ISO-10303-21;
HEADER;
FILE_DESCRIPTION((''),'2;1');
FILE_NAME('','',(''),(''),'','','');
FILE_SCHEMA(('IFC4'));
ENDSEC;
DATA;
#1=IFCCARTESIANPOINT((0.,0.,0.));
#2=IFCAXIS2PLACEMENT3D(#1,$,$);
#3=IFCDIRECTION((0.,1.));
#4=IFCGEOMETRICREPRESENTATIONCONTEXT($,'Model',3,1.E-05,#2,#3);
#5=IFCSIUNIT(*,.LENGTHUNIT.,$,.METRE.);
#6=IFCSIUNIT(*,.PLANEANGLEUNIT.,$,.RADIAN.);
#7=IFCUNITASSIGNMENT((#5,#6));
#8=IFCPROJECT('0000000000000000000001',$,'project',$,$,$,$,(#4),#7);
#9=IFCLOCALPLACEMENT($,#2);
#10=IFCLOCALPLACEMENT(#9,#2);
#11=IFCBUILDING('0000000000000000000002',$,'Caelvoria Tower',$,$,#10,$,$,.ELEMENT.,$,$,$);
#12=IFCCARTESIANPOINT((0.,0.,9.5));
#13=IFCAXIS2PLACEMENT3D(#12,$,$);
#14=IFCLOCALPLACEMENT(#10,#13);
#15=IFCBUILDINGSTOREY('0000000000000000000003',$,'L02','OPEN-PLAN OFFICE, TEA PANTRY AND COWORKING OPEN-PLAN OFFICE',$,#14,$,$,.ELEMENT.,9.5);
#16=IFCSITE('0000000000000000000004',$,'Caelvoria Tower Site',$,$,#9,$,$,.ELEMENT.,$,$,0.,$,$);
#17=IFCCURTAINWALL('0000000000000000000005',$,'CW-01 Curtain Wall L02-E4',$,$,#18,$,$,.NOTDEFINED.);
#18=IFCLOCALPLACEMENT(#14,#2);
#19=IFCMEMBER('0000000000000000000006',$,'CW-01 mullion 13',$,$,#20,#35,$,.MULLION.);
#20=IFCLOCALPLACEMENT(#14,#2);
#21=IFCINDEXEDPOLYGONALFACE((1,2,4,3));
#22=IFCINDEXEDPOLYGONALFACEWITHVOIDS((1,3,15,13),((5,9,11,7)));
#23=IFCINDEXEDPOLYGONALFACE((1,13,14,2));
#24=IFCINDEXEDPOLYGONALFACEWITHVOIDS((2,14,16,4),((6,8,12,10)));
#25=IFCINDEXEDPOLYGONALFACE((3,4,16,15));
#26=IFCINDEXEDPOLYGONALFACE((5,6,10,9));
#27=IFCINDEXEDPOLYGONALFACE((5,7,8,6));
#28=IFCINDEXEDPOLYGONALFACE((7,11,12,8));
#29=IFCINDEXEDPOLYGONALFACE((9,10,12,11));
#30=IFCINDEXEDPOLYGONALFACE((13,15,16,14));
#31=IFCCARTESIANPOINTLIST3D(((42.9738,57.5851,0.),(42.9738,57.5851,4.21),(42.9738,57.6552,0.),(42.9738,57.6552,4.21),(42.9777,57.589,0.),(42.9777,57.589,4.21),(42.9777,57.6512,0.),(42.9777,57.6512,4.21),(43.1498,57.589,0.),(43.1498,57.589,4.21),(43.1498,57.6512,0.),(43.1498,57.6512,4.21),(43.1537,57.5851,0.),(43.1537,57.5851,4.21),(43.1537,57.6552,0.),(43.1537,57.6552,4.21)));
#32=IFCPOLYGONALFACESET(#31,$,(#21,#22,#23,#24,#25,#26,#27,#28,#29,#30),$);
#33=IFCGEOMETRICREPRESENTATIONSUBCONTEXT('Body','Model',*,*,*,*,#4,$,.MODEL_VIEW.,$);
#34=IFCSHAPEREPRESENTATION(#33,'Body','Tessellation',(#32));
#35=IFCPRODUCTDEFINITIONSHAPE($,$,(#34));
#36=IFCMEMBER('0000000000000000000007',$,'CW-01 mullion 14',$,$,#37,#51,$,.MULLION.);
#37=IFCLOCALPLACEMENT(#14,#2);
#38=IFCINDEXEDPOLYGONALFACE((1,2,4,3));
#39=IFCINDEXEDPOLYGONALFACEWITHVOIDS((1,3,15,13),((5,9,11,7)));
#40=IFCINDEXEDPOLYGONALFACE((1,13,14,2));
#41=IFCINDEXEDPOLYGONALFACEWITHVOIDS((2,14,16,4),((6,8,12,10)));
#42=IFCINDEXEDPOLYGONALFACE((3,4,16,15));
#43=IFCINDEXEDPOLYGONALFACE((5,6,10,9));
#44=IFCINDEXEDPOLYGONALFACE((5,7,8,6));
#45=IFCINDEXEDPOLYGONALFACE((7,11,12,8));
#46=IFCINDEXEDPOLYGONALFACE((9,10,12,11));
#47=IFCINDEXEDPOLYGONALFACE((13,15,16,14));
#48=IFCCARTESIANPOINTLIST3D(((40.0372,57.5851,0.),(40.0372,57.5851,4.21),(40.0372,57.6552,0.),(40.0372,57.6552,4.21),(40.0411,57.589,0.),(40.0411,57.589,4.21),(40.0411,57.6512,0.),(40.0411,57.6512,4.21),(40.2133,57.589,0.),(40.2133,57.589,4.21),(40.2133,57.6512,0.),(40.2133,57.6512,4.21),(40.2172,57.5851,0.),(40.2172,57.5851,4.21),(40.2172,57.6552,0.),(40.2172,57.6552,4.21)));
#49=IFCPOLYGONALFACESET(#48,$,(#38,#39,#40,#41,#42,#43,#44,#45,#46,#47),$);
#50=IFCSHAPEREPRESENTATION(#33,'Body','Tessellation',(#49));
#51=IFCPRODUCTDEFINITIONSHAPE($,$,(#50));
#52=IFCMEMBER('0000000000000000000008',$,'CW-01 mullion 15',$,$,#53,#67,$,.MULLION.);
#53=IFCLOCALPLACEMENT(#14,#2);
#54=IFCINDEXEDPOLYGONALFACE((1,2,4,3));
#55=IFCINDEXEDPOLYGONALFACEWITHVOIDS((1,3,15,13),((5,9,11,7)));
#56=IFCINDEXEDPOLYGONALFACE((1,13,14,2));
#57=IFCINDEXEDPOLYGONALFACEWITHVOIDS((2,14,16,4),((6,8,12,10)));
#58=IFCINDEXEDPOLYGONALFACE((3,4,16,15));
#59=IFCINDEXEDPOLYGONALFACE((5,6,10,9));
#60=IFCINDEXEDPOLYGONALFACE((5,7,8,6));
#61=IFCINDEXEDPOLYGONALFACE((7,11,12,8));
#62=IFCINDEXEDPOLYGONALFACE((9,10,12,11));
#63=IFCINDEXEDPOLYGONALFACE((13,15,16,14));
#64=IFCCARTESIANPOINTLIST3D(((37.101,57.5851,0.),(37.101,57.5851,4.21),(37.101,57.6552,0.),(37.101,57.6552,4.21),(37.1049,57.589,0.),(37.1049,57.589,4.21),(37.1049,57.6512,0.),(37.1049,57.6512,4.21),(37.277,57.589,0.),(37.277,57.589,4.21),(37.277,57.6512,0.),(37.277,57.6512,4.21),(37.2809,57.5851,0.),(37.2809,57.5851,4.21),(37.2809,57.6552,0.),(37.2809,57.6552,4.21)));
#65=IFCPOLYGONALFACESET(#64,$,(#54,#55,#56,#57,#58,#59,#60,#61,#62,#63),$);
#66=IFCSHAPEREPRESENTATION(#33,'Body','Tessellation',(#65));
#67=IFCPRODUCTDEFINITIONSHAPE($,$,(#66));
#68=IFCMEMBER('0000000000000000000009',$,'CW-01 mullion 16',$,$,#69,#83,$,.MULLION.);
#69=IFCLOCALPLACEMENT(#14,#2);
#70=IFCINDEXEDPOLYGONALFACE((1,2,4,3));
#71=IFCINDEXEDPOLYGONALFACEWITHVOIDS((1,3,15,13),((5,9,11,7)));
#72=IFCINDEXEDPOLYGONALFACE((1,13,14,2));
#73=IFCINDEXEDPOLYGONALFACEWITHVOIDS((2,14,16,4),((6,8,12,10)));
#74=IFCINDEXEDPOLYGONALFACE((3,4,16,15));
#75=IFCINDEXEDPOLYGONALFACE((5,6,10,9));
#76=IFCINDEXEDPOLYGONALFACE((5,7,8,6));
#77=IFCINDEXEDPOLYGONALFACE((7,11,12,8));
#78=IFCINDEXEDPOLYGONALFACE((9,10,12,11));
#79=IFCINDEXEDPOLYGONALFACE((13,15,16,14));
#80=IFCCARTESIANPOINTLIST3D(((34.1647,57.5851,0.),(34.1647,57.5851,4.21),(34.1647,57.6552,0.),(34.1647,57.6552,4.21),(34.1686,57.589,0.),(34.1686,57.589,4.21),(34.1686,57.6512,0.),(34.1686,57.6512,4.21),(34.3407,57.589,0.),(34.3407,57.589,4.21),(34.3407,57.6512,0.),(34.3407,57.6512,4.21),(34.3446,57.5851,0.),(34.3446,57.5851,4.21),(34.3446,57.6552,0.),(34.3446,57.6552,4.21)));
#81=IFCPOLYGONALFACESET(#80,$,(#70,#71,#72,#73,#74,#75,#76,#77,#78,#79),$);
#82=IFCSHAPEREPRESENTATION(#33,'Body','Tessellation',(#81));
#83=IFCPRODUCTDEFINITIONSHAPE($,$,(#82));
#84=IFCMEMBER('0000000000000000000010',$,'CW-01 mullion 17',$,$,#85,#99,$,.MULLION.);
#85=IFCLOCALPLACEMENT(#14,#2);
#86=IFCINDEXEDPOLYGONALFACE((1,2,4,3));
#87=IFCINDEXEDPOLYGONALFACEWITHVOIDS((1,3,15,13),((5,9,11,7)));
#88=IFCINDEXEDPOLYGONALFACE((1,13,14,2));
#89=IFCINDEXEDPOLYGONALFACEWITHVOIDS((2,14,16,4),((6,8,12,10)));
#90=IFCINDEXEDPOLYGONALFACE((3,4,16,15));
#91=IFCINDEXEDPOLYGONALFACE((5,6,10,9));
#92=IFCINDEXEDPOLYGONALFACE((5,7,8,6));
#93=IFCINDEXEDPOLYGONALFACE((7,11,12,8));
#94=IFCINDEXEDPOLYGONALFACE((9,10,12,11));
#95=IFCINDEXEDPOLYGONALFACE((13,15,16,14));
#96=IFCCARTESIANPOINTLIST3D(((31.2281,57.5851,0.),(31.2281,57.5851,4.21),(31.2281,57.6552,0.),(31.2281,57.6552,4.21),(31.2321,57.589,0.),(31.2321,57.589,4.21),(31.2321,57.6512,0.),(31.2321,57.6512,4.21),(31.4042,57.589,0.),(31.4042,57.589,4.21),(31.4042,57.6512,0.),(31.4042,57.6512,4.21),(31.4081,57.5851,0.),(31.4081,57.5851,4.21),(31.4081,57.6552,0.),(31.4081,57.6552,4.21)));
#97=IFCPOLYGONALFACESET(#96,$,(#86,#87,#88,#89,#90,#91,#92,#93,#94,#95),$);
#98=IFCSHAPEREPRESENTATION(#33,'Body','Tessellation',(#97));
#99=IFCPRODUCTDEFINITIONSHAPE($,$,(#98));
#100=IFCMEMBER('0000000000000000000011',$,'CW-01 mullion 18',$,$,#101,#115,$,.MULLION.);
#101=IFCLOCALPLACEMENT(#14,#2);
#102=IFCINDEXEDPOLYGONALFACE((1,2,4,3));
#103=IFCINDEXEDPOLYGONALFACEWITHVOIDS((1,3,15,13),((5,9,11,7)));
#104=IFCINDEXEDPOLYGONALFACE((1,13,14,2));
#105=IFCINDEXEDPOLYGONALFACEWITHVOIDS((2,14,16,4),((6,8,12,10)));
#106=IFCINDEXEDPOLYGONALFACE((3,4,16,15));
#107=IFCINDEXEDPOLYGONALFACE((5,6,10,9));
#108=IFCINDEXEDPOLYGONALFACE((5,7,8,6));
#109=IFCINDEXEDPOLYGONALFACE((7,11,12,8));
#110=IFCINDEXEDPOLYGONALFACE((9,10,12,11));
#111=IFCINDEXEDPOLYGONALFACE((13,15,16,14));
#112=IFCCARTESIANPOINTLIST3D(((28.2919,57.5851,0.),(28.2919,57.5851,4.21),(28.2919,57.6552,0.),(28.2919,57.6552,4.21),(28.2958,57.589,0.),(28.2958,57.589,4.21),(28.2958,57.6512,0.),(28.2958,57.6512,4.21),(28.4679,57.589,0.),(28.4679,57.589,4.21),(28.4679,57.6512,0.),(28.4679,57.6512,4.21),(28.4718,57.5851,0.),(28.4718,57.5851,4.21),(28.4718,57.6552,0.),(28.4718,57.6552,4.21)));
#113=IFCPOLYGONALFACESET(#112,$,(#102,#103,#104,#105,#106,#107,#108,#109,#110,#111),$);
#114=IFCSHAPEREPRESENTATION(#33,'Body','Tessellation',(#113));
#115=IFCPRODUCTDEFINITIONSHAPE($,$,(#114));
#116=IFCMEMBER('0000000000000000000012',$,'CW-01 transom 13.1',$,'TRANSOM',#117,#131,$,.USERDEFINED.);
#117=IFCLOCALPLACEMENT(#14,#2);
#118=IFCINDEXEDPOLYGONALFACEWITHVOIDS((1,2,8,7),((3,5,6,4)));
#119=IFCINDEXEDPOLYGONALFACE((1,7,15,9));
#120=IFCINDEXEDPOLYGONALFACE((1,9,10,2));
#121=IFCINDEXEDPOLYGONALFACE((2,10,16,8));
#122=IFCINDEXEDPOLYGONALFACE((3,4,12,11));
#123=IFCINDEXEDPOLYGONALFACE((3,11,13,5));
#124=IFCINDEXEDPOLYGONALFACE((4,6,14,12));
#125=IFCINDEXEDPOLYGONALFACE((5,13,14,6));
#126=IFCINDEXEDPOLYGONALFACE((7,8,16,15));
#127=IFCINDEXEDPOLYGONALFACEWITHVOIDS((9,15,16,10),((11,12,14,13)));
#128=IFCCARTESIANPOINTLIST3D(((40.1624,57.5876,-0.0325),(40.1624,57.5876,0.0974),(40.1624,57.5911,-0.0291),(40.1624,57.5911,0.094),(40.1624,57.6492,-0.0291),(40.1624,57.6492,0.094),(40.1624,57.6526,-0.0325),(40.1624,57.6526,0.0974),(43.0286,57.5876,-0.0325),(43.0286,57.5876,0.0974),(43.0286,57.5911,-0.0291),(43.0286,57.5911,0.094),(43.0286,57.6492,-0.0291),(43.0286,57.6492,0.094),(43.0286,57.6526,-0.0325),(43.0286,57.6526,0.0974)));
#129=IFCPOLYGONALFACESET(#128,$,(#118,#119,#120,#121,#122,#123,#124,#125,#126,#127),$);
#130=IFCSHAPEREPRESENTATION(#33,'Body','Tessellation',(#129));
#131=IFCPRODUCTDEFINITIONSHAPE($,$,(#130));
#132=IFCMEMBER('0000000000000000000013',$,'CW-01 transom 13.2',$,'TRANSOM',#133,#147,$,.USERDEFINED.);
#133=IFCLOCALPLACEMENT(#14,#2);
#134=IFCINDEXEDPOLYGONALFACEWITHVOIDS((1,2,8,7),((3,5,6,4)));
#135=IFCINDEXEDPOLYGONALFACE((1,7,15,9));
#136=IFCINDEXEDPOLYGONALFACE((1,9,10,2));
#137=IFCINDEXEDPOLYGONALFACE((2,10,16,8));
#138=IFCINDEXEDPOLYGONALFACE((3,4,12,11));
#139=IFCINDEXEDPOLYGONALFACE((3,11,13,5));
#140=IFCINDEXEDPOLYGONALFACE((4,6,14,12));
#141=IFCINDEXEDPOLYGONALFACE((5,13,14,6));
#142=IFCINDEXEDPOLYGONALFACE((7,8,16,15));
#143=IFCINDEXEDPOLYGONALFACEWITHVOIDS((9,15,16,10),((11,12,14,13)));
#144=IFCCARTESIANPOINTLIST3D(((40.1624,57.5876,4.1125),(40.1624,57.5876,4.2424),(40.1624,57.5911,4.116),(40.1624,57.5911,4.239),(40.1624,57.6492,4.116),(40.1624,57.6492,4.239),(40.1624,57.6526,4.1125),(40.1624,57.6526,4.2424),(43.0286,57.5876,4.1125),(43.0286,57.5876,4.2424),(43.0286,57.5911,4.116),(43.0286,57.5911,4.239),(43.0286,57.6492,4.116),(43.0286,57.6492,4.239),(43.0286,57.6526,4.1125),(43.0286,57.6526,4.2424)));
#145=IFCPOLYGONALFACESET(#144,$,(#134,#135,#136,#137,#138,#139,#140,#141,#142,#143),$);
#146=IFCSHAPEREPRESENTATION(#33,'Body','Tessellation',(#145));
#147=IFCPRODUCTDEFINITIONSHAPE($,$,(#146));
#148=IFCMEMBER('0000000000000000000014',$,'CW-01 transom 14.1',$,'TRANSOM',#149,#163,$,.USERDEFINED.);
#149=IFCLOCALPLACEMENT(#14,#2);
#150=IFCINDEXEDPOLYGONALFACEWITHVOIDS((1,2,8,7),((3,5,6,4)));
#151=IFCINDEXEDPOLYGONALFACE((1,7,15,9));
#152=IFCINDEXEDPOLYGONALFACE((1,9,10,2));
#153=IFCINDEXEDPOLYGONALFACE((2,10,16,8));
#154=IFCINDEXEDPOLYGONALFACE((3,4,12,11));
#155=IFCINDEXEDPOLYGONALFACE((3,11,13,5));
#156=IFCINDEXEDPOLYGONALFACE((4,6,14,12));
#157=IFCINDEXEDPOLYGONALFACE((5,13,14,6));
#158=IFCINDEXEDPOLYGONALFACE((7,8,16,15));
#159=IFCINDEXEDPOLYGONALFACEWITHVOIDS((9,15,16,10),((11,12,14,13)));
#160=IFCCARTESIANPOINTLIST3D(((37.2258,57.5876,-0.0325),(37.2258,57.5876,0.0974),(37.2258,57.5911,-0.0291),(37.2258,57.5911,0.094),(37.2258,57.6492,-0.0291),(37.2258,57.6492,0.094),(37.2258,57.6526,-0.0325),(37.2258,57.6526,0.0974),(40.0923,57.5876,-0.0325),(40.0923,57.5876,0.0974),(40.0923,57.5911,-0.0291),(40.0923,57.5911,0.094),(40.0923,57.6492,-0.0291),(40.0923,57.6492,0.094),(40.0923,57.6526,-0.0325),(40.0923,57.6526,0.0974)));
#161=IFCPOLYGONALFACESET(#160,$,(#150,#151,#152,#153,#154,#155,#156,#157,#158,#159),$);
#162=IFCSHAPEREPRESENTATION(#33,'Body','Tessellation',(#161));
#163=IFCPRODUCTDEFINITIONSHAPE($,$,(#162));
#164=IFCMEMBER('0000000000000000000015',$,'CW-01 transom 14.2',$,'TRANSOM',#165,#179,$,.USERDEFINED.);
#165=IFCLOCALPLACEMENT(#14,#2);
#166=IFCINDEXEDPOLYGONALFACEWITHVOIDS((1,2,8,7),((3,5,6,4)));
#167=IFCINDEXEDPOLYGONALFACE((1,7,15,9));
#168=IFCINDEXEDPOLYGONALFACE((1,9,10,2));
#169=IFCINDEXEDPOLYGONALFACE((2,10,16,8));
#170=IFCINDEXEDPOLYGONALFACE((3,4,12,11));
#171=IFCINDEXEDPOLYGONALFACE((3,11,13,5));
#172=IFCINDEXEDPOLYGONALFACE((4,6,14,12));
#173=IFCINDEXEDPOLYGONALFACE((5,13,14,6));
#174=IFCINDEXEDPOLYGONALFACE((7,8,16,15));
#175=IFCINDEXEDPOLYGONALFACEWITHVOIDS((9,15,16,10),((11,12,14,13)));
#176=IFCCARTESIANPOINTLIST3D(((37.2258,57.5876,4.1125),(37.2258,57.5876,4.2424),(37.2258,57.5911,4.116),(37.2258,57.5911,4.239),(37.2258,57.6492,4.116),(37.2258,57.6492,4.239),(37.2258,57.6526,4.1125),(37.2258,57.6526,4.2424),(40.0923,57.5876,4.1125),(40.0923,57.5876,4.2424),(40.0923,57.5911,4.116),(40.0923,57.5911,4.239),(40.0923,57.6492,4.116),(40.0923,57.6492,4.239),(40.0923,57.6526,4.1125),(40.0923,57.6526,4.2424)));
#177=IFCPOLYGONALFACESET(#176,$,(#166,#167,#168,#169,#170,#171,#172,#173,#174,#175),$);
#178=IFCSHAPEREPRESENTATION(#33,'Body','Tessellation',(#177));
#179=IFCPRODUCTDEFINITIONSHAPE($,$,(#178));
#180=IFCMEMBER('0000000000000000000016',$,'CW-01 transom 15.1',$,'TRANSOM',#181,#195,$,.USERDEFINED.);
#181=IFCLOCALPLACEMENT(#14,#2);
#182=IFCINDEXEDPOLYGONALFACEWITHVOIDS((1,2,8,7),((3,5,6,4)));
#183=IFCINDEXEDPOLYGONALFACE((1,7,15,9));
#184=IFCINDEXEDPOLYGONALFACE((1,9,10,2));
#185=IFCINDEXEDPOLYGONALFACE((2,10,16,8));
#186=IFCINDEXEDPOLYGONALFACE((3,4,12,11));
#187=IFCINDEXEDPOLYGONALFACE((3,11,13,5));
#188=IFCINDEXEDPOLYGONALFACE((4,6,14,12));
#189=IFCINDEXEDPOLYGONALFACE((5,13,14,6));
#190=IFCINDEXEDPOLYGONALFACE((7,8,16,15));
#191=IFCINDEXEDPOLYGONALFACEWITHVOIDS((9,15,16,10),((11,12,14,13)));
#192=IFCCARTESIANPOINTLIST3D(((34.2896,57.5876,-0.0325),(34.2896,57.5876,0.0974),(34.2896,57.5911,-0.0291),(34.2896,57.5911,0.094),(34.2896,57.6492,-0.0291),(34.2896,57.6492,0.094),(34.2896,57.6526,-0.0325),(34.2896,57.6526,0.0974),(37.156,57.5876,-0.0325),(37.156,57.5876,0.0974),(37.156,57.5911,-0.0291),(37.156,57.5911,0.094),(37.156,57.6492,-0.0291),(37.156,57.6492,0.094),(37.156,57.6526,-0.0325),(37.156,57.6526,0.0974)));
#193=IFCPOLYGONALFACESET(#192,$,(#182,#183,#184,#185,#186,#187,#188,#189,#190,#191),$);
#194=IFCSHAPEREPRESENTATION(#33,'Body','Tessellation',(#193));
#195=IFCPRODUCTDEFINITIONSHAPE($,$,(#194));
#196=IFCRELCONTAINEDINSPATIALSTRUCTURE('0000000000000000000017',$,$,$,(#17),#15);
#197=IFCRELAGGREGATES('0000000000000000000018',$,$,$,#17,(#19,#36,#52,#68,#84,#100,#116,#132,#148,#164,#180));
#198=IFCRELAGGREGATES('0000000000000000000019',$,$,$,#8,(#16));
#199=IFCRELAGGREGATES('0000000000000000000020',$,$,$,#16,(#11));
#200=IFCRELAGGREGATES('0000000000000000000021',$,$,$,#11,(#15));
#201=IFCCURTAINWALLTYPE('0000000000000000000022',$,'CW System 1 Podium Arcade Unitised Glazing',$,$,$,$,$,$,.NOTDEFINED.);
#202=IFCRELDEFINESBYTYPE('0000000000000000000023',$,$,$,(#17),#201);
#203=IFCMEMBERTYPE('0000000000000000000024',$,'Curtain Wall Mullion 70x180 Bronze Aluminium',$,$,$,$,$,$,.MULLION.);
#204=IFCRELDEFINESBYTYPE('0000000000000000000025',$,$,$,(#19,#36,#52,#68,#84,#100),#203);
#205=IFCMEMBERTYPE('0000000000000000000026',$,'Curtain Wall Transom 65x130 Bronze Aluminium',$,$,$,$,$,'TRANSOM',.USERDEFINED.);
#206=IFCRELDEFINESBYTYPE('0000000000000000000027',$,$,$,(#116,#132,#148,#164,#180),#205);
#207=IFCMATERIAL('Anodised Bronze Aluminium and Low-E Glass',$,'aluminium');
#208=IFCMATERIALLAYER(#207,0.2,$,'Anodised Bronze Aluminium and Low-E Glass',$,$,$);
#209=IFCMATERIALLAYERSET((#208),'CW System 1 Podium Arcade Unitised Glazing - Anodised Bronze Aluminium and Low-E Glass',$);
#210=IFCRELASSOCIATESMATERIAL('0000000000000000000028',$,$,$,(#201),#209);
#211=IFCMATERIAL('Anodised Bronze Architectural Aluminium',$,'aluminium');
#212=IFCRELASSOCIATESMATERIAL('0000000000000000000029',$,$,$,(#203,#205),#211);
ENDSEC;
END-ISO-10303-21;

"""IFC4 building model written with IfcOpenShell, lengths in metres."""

from ifc_helpers import new_model, si_unit, direction, frame, origin, origin_2d, place, context, subcontext, project, spatial, hollow_rectangle, extrude, material, layer, layer_set, material_profile, profile_set, type_object, element, aggregate, save


model = new_model("IFC4")

# Units and contexts
model_context = context("Model", 3, precision=1e-05, world=origin(), true_north=direction((0.0, 1.0)))
body_context = subcontext(model_context, "Body", "Model", "MODEL_VIEW")
ifc_project = project(units=[si_unit("LENGTHUNIT", "METRE"), si_unit("PLANEANGLEUNIT", "RADIAN")], contexts=[model_context])

# Site, building, storey
site_placement = place(None, origin())
site = spatial("IfcSite", under=ifc_project, at=site_placement, Name="Caelvoria Tower Site", CompositionType="ELEMENT", RefElevation=0.0)
building_placement = place(site_placement, origin())
building = spatial("IfcBuilding", under=site, at=building_placement, Name="Caelvoria Tower", CompositionType="ELEMENT")
storey_placement = place(building_placement, frame((0.0, 0.0, 9.5)))
storey = spatial("IfcBuildingStorey", under=building, at=storey_placement, Name="L02", Description="OPEN-PLAN OFFICE, TEA PANTRY AND COWORKING OPEN-PLAN OFFICE", CompositionType="ELEMENT", Elevation=9.5)

# Curtain wall, members
ifc_material_1 = material(Name="Anodised Bronze Aluminium and Low-E Glass", Category="aluminium")
ifc_layer_1 = layer(ifc_material_1, 0.2, Name="Anodised Bronze Aluminium and Low-E Glass")
ifc_layer_set_1 = layer_set([ifc_layer_1], Name="CW System 1 Podium Arcade Unitised Glazing - Anodised Bronze Aluminium and Low-E Glass")
curtain_wall_type = type_object("IfcCurtainWallType", Name="CW System 1 Podium Arcade Unitised Glazing", PredefinedType="NOTDEFINED", material=ifc_layer_set_1)
curtain_wall_placement = place(storey_placement, origin())
curtain_wall = element("IfcCurtainWall", 1, at=curtain_wall_placement, inside=storey, type_object=curtain_wall_type, Name="CW-01 Curtain Wall L02-E4", PredefinedType="NOTDEFINED")
ifc_material_2 = material(Name="Anodised Bronze Architectural Aluminium", Category="aluminium")
ifc_material_profile_1 = material_profile(ifc_material_2, hollow_rectangle(XDim=0.0701, YDim=0.1799, WallThickness=0.0039, at=origin_2d()), Name="Anodised Bronze Architectural Aluminium")
ifc_profile_set_1 = profile_set([ifc_material_profile_1], Name="CW_MULL_70X180 - Anodised Bronze Architectural Aluminium")
member_type_1 = type_object("IfcMemberType", Name="Curtain Wall Mullion 70x180 Bronze Aluminium", PredefinedType="MULLION", material=ifc_profile_set_1)
member_1_placement = place(storey_placement, frame((43.0637, 57.6201, 0.0), z_axis=(0.0, 0.0, 1.0), x_axis=(0.0, -1.0, 0.0)))
member_1 = element("IfcMember", 2, at=member_1_placement, type_object=member_type_1, Name="CW-01 mullion 13", PredefinedType="MULLION", context=body_context, shape_type="SweptSolid", body=[
    extrude(hollow_rectangle(XDim=0.0701, YDim=0.1799, WallThickness=0.0039, at=origin_2d()), origin(), (0.0, 0.0, 1.0), 4.21),
])
member_2_placement = place(storey_placement, frame((40.1272, 57.6201, 0.0), z_axis=(0.0, 0.0, 1.0), x_axis=(0.0, -1.0, 0.0)))
member_2 = element("IfcMember", 3, at=member_2_placement, type_object=member_type_1, Name="CW-01 mullion 14", PredefinedType="MULLION", context=body_context, shape_type="SweptSolid", body=[
    extrude(hollow_rectangle(XDim=0.0701, YDim=0.1799, WallThickness=0.0039, at=origin_2d()), origin(), (0.0, 0.0, 1.0), 4.21),
])
member_3_placement = place(storey_placement, frame((37.1909, 57.6201, 0.0), z_axis=(0.0, 0.0, 1.0), x_axis=(0.0, -1.0, 0.0)))
member_3 = element("IfcMember", 4, at=member_3_placement, type_object=member_type_1, Name="CW-01 mullion 15", PredefinedType="MULLION", context=body_context, shape_type="SweptSolid", body=[
    extrude(hollow_rectangle(XDim=0.0701, YDim=0.1799, WallThickness=0.0039, at=origin_2d()), origin(), (0.0, 0.0, 1.0), 4.21),
])
member_4_placement = place(storey_placement, frame((34.2546, 57.6201, 0.0), z_axis=(0.0, 0.0, 1.0), x_axis=(0.0, -1.0, 0.0)))
member_4 = element("IfcMember", 5, at=member_4_placement, type_object=member_type_1, Name="CW-01 mullion 16", PredefinedType="MULLION", context=body_context, shape_type="SweptSolid", body=[
    extrude(hollow_rectangle(XDim=0.0701, YDim=0.1799, WallThickness=0.0039, at=origin_2d()), origin(), (0.0, 0.0, 1.0), 4.21),
])
member_5_placement = place(storey_placement, frame((31.3181, 57.6201, 0.0), z_axis=(0.0, 0.0, 1.0), x_axis=(0.0, -1.0, 0.0)))
member_5 = element("IfcMember", 6, at=member_5_placement, type_object=member_type_1, Name="CW-01 mullion 17", PredefinedType="MULLION", context=body_context, shape_type="SweptSolid", body=[
    extrude(hollow_rectangle(XDim=0.0701, YDim=0.1799, WallThickness=0.0039, at=origin_2d()), origin(), (0.0, 0.0, 1.0), 4.21),
])
member_6_placement = place(storey_placement, frame((28.3818, 57.6201, 0.0), z_axis=(0.0, 0.0, 1.0), x_axis=(0.0, -1.0, 0.0)))
member_6 = element("IfcMember", 7, at=member_6_placement, type_object=member_type_1, Name="CW-01 mullion 18", PredefinedType="MULLION", context=body_context, shape_type="SweptSolid", body=[
    extrude(hollow_rectangle(XDim=0.0701, YDim=0.1799, WallThickness=0.0039, at=origin_2d()), origin(), (0.0, 0.0, 1.0), 4.21),
])
ifc_material_profile_2 = material_profile(ifc_material_2, hollow_rectangle(XDim=0.0649, YDim=0.1299, WallThickness=0.0034, at=origin_2d()), Name="Anodised Bronze Architectural Aluminium")
ifc_profile_set_2 = profile_set([ifc_material_profile_2], Name="CW_TRAN_65X130 - Anodised Bronze Architectural Aluminium")
member_type_2 = type_object("IfcMemberType", Name="Curtain Wall Transom 65x130 Bronze Aluminium", ElementType="TRANSOM", PredefinedType="USERDEFINED", material=ifc_profile_set_2)
member_7_placement = place(storey_placement, frame((43.0286, 57.6201, 0.0325), z_axis=(-1.0, 0.0, 0.0), x_axis=(0.0, -1.0, 0.0)))
member_7 = element("IfcMember", 8, at=member_7_placement, type_object=member_type_2, Name="CW-01 transom 13.1", ObjectType="TRANSOM", PredefinedType="USERDEFINED", context=body_context, shape_type="SweptSolid", body=[
    extrude(hollow_rectangle(XDim=0.0649, YDim=0.1299, WallThickness=0.0034, at=origin_2d()), origin(), (0.0, 0.0, 1.0), 2.8662),
])
member_8_placement = place(storey_placement, frame((43.0286, 57.6201, 4.1775), z_axis=(-1.0, 0.0, 0.0), x_axis=(0.0, -1.0, 0.0)))
member_8 = element("IfcMember", 9, at=member_8_placement, type_object=member_type_2, Name="CW-01 transom 13.2", ObjectType="TRANSOM", PredefinedType="USERDEFINED", context=body_context, shape_type="SweptSolid", body=[
    extrude(hollow_rectangle(XDim=0.0649, YDim=0.1299, WallThickness=0.0034, at=origin_2d()), origin(), (0.0, 0.0, 1.0), 2.8662),
])
member_9_placement = place(storey_placement, frame((40.0923, 57.6201, 0.0325), z_axis=(-1.0, 0.0, 0.0), x_axis=(0.0, -1.0, 0.0)))
member_9 = element("IfcMember", 10, at=member_9_placement, type_object=member_type_2, Name="CW-01 transom 14.1", ObjectType="TRANSOM", PredefinedType="USERDEFINED", context=body_context, shape_type="SweptSolid", body=[
    extrude(hollow_rectangle(XDim=0.0649, YDim=0.1299, WallThickness=0.0034, at=origin_2d()), origin(), (0.0, 0.0, 1.0), 2.8665),
])
member_10_placement = place(storey_placement, frame((40.0923, 57.6201, 4.1775), z_axis=(-1.0, 0.0, 0.0), x_axis=(0.0, -1.0, 0.0)))
member_10 = element("IfcMember", 11, at=member_10_placement, type_object=member_type_2, Name="CW-01 transom 14.2", ObjectType="TRANSOM", PredefinedType="USERDEFINED", context=body_context, shape_type="SweptSolid", body=[
    extrude(hollow_rectangle(XDim=0.0649, YDim=0.1299, WallThickness=0.0034, at=origin_2d()), origin(), (0.0, 0.0, 1.0), 2.8665),
])
member_11_placement = place(storey_placement, frame((37.156, 57.6201, 0.0325), z_axis=(-1.0, 0.0, 0.0), x_axis=(0.0, -1.0, 0.0)))
member_11 = element("IfcMember", 12, at=member_11_placement, type_object=member_type_2, Name="CW-01 transom 15.1", ObjectType="TRANSOM", PredefinedType="USERDEFINED", context=body_context, shape_type="SweptSolid", body=[
    extrude(hollow_rectangle(XDim=0.0649, YDim=0.1299, WallThickness=0.0034, at=origin_2d()), origin(), (0.0, 0.0, 1.0), 2.8665),
])
aggregate(curtain_wall, [member_1, member_2, member_3, member_4, member_5, member_6, member_7, member_8, member_9, member_10, member_11])

save(model, "model.ifc")
